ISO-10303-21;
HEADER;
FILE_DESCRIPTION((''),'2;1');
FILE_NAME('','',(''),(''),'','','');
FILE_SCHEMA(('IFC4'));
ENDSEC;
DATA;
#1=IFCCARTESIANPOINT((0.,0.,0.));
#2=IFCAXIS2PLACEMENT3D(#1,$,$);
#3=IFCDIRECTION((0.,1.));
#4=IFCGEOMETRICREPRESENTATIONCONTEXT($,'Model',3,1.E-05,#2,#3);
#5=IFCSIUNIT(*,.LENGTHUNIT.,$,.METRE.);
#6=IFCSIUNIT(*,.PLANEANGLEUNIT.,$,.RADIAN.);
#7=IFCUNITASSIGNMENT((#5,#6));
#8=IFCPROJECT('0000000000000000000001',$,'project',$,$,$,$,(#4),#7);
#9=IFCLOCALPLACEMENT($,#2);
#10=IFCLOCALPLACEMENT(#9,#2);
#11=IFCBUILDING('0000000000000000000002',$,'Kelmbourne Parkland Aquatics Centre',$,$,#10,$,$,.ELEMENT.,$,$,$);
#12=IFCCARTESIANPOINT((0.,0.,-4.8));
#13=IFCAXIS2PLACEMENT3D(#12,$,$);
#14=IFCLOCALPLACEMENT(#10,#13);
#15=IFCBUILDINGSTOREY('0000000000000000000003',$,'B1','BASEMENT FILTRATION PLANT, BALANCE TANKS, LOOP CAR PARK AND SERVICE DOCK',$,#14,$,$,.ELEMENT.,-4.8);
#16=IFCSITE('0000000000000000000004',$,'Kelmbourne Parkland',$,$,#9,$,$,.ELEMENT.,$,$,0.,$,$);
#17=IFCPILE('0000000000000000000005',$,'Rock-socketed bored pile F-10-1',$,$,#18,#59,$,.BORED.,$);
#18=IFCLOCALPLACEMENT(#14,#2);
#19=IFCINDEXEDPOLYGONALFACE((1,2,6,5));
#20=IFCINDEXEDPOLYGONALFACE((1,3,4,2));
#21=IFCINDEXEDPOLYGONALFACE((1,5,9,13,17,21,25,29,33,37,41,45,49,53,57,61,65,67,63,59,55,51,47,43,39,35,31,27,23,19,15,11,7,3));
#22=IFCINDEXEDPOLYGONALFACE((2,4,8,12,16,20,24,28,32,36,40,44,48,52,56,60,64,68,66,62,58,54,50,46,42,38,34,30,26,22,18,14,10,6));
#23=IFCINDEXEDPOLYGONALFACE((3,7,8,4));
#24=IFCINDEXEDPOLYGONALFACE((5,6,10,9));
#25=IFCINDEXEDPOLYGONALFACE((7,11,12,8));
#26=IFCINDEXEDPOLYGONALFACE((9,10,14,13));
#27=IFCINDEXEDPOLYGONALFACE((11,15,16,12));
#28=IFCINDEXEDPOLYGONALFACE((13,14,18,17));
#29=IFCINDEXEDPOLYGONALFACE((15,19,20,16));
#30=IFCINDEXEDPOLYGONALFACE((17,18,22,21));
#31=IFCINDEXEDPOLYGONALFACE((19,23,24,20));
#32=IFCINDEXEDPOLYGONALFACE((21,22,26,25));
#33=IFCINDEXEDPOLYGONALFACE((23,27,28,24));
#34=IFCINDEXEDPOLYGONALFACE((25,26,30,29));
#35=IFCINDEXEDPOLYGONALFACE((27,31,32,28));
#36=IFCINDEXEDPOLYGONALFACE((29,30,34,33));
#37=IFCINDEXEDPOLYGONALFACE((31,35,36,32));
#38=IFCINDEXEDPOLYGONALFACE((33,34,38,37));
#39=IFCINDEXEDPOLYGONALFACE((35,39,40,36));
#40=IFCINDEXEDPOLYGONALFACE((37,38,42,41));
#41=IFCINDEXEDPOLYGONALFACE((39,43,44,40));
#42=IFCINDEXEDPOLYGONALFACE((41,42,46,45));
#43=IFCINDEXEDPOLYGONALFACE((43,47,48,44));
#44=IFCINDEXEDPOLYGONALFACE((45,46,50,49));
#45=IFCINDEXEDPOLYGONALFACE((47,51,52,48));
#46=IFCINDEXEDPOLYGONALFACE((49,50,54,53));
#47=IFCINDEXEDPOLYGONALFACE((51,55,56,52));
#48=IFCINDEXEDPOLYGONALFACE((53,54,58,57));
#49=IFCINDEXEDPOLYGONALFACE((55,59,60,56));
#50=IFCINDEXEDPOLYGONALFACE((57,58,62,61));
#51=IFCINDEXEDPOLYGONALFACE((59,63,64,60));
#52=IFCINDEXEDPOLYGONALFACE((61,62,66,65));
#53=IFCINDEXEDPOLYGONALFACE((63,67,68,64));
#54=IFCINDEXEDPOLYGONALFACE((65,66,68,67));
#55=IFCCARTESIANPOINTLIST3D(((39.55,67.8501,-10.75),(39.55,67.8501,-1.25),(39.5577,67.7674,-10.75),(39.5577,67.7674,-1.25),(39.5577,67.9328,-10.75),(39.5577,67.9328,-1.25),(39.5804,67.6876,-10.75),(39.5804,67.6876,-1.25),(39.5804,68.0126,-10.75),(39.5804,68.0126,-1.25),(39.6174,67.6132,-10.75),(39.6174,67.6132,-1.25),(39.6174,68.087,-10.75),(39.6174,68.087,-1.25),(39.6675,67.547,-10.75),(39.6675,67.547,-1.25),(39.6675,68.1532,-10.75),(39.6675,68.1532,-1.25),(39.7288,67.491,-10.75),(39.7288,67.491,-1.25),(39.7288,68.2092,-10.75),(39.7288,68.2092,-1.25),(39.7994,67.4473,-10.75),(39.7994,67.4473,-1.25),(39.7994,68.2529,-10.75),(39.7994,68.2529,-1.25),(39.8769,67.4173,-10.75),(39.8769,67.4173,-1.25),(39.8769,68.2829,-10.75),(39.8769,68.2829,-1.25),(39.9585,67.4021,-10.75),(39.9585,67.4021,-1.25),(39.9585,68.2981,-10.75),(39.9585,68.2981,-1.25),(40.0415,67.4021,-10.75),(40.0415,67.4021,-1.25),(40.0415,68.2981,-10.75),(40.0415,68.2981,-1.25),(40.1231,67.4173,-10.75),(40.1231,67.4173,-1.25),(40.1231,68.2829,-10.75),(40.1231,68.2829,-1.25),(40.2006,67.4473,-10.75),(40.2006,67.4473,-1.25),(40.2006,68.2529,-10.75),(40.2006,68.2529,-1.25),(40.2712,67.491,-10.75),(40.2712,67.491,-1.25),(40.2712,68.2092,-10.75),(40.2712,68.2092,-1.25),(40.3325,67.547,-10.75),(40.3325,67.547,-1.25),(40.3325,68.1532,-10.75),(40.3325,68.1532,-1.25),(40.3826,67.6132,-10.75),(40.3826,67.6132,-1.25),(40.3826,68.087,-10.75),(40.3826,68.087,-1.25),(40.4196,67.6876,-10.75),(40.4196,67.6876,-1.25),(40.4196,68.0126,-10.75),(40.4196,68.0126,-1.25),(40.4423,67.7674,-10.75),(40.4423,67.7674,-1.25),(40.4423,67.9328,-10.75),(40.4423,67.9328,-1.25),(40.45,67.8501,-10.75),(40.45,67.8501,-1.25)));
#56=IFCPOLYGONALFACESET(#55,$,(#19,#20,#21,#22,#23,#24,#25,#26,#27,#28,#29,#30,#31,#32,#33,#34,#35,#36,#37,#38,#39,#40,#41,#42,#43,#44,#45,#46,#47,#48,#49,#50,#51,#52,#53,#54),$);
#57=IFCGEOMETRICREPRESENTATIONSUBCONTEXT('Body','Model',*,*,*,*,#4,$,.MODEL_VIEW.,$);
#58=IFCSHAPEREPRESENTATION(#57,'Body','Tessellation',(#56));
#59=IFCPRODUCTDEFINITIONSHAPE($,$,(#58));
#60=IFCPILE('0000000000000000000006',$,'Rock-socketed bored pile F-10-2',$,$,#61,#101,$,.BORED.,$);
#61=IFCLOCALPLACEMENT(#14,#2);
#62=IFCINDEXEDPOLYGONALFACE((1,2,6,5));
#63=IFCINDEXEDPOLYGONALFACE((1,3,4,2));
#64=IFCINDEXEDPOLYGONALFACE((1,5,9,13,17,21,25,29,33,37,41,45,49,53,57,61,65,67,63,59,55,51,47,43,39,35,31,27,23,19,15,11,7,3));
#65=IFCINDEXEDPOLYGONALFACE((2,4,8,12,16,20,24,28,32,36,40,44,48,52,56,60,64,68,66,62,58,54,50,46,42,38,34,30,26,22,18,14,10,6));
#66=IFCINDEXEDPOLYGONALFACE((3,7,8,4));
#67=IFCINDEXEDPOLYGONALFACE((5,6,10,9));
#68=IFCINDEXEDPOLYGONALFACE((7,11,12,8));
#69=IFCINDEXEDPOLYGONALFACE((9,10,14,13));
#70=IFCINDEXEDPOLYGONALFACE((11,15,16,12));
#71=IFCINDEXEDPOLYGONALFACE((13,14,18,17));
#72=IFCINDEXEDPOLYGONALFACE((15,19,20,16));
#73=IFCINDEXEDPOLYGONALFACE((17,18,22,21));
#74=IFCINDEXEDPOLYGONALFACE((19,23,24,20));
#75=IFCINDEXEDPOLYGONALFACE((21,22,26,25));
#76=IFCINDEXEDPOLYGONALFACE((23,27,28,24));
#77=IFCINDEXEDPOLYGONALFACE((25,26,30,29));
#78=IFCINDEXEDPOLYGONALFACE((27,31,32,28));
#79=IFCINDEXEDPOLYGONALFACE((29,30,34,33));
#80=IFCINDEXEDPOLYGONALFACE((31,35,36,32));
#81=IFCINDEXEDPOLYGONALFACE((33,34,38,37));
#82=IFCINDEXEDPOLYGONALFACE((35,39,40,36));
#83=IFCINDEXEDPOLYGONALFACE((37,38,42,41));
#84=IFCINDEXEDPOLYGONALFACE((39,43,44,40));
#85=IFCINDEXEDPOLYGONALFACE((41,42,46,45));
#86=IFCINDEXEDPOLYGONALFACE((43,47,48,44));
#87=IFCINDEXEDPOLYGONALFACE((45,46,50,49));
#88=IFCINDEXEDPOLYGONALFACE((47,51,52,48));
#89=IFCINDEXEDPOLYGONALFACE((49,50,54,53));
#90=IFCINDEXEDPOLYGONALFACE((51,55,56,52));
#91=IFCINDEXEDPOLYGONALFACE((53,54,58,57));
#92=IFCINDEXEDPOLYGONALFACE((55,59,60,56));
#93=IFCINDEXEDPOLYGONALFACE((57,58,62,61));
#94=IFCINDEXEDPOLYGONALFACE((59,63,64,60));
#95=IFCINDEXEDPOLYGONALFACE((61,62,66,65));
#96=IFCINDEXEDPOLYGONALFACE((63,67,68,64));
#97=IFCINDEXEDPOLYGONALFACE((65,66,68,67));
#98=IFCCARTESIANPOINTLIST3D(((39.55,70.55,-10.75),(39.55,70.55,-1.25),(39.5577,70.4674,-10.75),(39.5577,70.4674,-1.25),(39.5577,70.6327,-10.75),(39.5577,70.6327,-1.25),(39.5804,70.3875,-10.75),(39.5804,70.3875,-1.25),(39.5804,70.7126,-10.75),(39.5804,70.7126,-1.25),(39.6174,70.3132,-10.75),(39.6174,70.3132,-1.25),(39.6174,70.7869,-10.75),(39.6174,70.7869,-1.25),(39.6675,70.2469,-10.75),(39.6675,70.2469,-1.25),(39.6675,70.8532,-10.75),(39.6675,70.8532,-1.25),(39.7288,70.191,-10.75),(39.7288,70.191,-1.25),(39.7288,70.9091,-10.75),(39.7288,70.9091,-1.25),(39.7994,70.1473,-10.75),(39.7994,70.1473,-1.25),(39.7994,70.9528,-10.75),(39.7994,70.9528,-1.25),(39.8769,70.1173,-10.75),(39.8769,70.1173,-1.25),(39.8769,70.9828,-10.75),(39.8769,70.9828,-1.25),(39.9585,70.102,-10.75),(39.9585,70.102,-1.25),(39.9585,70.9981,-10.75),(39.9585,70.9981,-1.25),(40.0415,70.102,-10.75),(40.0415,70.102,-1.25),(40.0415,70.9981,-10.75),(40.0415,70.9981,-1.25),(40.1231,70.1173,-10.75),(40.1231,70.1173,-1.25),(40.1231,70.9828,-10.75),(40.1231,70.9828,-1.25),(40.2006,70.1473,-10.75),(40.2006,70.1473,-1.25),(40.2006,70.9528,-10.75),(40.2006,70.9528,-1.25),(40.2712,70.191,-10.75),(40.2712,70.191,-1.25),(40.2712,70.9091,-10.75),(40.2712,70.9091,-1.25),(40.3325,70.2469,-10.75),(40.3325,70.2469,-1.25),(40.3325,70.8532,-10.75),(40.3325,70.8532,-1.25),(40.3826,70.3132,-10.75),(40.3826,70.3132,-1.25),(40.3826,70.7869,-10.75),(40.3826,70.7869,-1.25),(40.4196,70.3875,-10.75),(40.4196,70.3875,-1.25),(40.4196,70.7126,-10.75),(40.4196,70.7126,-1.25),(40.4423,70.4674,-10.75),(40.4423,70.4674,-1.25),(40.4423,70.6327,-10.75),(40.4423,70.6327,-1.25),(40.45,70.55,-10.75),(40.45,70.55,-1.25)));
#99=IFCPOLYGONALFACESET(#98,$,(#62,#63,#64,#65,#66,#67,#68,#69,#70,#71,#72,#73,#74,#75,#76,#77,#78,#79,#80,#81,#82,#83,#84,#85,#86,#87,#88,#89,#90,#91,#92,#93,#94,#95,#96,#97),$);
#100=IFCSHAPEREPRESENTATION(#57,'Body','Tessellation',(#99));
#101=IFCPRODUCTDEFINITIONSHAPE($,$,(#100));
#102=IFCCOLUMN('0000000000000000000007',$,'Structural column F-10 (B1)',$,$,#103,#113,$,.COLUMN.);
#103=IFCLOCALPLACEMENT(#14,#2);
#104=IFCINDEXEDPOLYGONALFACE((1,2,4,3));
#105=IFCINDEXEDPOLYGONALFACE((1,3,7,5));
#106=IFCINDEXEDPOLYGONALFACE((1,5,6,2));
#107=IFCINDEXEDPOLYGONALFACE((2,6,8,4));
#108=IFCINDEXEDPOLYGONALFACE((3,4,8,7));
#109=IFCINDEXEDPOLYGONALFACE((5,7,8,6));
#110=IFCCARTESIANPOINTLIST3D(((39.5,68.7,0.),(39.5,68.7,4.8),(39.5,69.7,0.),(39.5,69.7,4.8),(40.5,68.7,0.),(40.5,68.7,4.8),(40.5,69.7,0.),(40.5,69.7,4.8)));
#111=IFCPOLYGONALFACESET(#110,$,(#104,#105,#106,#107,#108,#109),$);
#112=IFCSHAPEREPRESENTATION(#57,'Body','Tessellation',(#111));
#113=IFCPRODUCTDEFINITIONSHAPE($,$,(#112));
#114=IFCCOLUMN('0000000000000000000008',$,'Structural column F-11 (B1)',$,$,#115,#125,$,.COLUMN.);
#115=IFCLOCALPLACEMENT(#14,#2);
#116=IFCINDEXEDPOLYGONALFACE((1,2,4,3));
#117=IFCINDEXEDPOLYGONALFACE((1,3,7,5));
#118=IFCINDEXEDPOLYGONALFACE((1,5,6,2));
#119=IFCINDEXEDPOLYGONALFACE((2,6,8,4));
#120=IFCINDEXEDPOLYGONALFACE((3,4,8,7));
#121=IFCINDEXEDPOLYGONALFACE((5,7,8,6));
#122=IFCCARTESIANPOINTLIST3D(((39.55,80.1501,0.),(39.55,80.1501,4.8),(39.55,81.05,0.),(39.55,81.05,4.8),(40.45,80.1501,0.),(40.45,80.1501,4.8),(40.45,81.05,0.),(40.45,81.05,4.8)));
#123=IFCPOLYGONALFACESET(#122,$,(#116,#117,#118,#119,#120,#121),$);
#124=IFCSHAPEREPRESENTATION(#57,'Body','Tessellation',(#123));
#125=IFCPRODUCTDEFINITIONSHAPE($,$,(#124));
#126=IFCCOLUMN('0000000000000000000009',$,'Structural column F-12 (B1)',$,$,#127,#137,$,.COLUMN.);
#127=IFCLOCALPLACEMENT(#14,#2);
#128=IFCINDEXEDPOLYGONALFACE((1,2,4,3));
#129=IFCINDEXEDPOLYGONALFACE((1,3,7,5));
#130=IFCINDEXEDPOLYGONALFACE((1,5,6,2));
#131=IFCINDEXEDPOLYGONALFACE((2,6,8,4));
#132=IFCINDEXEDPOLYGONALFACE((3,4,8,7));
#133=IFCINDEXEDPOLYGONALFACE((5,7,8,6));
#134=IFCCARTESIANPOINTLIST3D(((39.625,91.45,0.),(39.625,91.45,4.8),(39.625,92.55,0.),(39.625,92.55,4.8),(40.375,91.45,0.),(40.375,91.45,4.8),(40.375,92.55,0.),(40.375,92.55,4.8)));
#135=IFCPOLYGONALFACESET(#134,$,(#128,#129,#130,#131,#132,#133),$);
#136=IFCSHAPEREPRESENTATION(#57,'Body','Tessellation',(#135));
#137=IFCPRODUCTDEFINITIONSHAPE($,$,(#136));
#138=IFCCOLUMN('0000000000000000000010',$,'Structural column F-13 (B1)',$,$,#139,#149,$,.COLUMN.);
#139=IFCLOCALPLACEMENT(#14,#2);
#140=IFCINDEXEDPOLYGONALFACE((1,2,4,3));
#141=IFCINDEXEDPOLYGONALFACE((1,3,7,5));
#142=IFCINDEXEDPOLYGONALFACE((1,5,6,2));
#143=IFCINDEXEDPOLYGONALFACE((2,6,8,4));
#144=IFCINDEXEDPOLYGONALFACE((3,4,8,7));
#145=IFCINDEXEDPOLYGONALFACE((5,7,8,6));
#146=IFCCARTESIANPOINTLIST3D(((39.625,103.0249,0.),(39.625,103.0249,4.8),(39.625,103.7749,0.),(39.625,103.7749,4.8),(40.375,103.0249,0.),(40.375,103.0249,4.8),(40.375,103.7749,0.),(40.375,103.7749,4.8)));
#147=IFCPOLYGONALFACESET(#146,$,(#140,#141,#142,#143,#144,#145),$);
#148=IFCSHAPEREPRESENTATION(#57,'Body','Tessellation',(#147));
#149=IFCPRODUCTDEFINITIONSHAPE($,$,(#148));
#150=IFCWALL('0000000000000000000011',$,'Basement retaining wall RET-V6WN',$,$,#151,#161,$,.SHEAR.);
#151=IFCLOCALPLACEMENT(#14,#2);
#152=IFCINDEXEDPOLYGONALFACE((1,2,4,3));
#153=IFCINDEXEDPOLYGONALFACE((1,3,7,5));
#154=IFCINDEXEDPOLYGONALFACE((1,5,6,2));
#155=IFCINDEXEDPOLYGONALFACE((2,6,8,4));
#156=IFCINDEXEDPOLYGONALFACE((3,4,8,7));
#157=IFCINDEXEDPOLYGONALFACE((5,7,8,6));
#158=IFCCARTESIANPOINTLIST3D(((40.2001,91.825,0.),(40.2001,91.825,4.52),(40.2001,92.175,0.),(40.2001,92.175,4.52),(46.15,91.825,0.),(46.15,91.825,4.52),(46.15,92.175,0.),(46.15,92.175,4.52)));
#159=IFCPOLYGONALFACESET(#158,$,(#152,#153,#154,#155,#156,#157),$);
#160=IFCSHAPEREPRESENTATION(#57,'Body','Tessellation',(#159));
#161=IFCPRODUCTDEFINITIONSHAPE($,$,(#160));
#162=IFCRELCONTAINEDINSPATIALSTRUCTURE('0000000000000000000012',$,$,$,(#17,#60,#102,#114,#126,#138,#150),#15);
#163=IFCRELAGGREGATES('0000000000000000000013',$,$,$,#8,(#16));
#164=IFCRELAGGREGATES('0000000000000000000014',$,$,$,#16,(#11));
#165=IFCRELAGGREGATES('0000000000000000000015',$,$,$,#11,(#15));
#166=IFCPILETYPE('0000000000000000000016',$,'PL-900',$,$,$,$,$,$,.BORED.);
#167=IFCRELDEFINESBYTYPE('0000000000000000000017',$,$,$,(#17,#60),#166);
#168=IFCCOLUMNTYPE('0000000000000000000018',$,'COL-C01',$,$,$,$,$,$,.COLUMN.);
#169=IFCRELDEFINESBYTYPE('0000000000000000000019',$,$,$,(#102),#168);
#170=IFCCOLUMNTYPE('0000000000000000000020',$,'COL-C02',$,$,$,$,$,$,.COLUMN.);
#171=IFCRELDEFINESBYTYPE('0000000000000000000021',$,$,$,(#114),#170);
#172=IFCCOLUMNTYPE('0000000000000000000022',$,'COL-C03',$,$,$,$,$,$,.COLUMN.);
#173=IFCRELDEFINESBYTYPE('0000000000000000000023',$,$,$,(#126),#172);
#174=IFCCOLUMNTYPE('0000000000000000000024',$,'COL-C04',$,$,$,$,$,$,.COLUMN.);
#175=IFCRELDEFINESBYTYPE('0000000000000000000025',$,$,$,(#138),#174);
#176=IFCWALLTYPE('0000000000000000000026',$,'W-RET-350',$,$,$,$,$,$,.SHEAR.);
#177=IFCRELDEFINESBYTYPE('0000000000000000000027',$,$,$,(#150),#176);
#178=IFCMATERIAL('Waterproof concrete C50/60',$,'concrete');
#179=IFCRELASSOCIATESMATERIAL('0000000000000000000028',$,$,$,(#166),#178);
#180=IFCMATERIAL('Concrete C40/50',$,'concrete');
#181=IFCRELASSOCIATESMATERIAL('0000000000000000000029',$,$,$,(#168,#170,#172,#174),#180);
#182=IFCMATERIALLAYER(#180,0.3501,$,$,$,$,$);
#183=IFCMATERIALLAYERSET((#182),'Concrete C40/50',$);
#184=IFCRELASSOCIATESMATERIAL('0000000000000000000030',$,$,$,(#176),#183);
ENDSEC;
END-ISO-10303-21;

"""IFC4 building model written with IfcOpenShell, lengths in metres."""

from ifc_helpers import new_model, si_unit, direction, frame, frame_2d, origin, origin_2d, place, context, subcontext, project, spatial, rectangle, circle, extrude, material, layer, layer_set, material_profile, profile_set, type_object, element, save


model = new_model("IFC4")

# Units and contexts
model_context = context("Model", 3, precision=1e-05, world=origin(), true_north=direction((0.0, 1.0)))
body_context = subcontext(model_context, "Body", "Model", "MODEL_VIEW")
ifc_project = project(units=[si_unit("LENGTHUNIT", "METRE"), si_unit("PLANEANGLEUNIT", "RADIAN")], contexts=[model_context])

# Site, building, storey
site_placement = place(None, origin())
site = spatial("IfcSite", under=ifc_project, at=site_placement, Name="Kelmbourne Parkland", CompositionType="ELEMENT", RefElevation=0.0)
building_placement = place(site_placement, origin())
building = spatial("IfcBuilding", under=site, at=building_placement, Name="Kelmbourne Parkland Aquatics Centre", CompositionType="ELEMENT")
storey_placement = place(building_placement, frame((0.0, 0.0, -4.8)))
storey = spatial("IfcBuildingStorey", under=building, at=storey_placement, Name="B1", Description="BASEMENT FILTRATION PLANT, BALANCE TANKS, LOOP CAR PARK AND SERVICE DOCK", CompositionType="ELEMENT", Elevation=-4.8)

# Shared definitions
ifc_material_1 = material(Name="Waterproof concrete C50/60", Category="concrete")

# Piles
ifc_material_profile_1 = material_profile(ifc_material_1, circle(Radius=0.45, at=origin_2d()), Name="PILE D900")
ifc_profile_set_1 = profile_set([ifc_material_profile_1], Name="Waterproof concrete C50/60")
pile_type_1 = type_object("IfcPileType", Name="PL-900", PredefinedType="BORED", material=ifc_profile_set_1)
for number, where, z_axis, x_axis, name in (
    (1, (40.0, 67.8501, -1.25), (0.0, 0.0, -1.0), (1.0, 0.0, 0.0), "Rock-socketed bored pile F-10-1"),
    (2, (40.0, 70.55, -1.25), (0.0, 0.0, -1.0), (1.0, 0.0, 0.0), "Rock-socketed bored pile F-10-2"),
):
    element("IfcPile", number, at=place(storey_placement, frame(where, z_axis=z_axis, x_axis=x_axis)), inside=storey, type_object=pile_type_1, Name=name, PredefinedType="BORED", context=body_context, shape_type="SweptSolid", body=[
        extrude(circle(Radius=0.45, at=origin_2d()), origin(), (0.0, 0.0, 1.0), 9.5),
    ])

# Columns
ifc_material_2 = material(Name="Concrete C40/50", Category="concrete")
ifc_material_profile_2 = material_profile(ifc_material_2, rectangle(XDim=1.0, YDim=1.0, at=origin_2d()), Name="RC 1000x1000")
ifc_profile_set_2 = profile_set([ifc_material_profile_2], Name="Concrete C40/50")
column_type_1 = type_object("IfcColumnType", Name="COL-C01", PredefinedType="COLUMN", material=ifc_profile_set_2)
column_1_placement = place(storey_placement, frame((40.0, 69.2, 0.0), z_axis=(0.0, 0.0, 1.0), x_axis=(1.0, 0.0, 0.0)))
element("IfcColumn", 3, at=column_1_placement, inside=storey, type_object=column_type_1, Name="Structural column F-10 (B1)", PredefinedType="COLUMN", context=body_context, shape_type="SweptSolid", body=[
    extrude(rectangle(XDim=1.0, YDim=1.0, at=origin_2d()), origin(), (0.0, 0.0, 1.0), 4.8),
])
ifc_material_profile_3 = material_profile(ifc_material_2, rectangle(XDim=0.8999, YDim=0.8999, at=origin_2d()), Name="RC 900x900")
ifc_profile_set_3 = profile_set([ifc_material_profile_3], Name="Concrete C40/50")
column_type_2 = type_object("IfcColumnType", Name="COL-C02", PredefinedType="COLUMN", material=ifc_profile_set_3)
column_2_placement = place(storey_placement, frame((40.0, 80.6001, 0.0), z_axis=(0.0, 0.0, 1.0), x_axis=(1.0, 0.0, 0.0)))
element("IfcColumn", 4, at=column_2_placement, inside=storey, type_object=column_type_2, Name="Structural column F-11 (B1)", PredefinedType="COLUMN", context=body_context, shape_type="SweptSolid", body=[
    extrude(rectangle(XDim=0.8999, YDim=0.8999, at=origin_2d()), origin(), (0.0, 0.0, 1.0), 4.8),
])
ifc_material_profile_4 = material_profile(ifc_material_2, rectangle(XDim=0.75, YDim=1.1001, at=origin_2d()), Name="RC 750x1100")
ifc_profile_set_4 = profile_set([ifc_material_profile_4], Name="Concrete C40/50")
column_type_3 = type_object("IfcColumnType", Name="COL-C03", PredefinedType="COLUMN", material=ifc_profile_set_4)
column_3_placement = place(storey_placement, frame((40.0, 92.0, 0.0), z_axis=(0.0, 0.0, 1.0), x_axis=(1.0, 0.0, 0.0)))
element("IfcColumn", 5, at=column_3_placement, inside=storey, type_object=column_type_3, Name="Structural column F-12 (B1)", PredefinedType="COLUMN", context=body_context, shape_type="SweptSolid", body=[
    extrude(rectangle(XDim=0.75, YDim=1.1001, at=origin_2d()), origin(), (0.0, 0.0, 1.0), 4.8),
])
ifc_material_profile_5 = material_profile(ifc_material_2, rectangle(XDim=0.75, YDim=0.75, at=origin_2d()), Name="RC 750x750")
ifc_profile_set_5 = profile_set([ifc_material_profile_5], Name="Concrete C40/50")
column_type_4 = type_object("IfcColumnType", Name="COL-C04", PredefinedType="COLUMN", material=ifc_profile_set_5)
column_4_placement = place(storey_placement, frame((40.0, 103.3999, 0.0), z_axis=(0.0, 0.0, 1.0), x_axis=(1.0, 0.0, 0.0)))
element("IfcColumn", 6, at=column_4_placement, inside=storey, type_object=column_type_4, Name="Structural column F-13 (B1)", PredefinedType="COLUMN", context=body_context, shape_type="SweptSolid", body=[
    extrude(rectangle(XDim=0.75, YDim=0.75, at=origin_2d()), origin(), (0.0, 0.0, 1.0), 4.8),
])

# Wall
ifc_layer = layer(ifc_material_2, 0.3501)
ifc_layer_set = layer_set([ifc_layer], Name="Concrete C40/50")
wall_type = type_object("IfcWallType", Name="W-RET-350", PredefinedType="SHEAR", material=ifc_layer_set)
wall_placement = place(storey_placement, frame((40.2, 92.0, 0.0), z_axis=(0.0, 0.0, 1.0), x_axis=(1.0, 0.0, 0.0)))
element("IfcWall", 7, at=wall_placement, inside=storey, type_object=wall_type, Name="Basement retaining wall RET-V6WN", PredefinedType="SHEAR", context=body_context, shape_type="SweptSolid", body=[
    extrude(rectangle(XDim=5.95, YDim=0.3501, at=frame_2d((2.9751, 0.0))), origin(), (0.0, 0.0, 1.0), 4.52),
])

save(model, "model.ifc")
